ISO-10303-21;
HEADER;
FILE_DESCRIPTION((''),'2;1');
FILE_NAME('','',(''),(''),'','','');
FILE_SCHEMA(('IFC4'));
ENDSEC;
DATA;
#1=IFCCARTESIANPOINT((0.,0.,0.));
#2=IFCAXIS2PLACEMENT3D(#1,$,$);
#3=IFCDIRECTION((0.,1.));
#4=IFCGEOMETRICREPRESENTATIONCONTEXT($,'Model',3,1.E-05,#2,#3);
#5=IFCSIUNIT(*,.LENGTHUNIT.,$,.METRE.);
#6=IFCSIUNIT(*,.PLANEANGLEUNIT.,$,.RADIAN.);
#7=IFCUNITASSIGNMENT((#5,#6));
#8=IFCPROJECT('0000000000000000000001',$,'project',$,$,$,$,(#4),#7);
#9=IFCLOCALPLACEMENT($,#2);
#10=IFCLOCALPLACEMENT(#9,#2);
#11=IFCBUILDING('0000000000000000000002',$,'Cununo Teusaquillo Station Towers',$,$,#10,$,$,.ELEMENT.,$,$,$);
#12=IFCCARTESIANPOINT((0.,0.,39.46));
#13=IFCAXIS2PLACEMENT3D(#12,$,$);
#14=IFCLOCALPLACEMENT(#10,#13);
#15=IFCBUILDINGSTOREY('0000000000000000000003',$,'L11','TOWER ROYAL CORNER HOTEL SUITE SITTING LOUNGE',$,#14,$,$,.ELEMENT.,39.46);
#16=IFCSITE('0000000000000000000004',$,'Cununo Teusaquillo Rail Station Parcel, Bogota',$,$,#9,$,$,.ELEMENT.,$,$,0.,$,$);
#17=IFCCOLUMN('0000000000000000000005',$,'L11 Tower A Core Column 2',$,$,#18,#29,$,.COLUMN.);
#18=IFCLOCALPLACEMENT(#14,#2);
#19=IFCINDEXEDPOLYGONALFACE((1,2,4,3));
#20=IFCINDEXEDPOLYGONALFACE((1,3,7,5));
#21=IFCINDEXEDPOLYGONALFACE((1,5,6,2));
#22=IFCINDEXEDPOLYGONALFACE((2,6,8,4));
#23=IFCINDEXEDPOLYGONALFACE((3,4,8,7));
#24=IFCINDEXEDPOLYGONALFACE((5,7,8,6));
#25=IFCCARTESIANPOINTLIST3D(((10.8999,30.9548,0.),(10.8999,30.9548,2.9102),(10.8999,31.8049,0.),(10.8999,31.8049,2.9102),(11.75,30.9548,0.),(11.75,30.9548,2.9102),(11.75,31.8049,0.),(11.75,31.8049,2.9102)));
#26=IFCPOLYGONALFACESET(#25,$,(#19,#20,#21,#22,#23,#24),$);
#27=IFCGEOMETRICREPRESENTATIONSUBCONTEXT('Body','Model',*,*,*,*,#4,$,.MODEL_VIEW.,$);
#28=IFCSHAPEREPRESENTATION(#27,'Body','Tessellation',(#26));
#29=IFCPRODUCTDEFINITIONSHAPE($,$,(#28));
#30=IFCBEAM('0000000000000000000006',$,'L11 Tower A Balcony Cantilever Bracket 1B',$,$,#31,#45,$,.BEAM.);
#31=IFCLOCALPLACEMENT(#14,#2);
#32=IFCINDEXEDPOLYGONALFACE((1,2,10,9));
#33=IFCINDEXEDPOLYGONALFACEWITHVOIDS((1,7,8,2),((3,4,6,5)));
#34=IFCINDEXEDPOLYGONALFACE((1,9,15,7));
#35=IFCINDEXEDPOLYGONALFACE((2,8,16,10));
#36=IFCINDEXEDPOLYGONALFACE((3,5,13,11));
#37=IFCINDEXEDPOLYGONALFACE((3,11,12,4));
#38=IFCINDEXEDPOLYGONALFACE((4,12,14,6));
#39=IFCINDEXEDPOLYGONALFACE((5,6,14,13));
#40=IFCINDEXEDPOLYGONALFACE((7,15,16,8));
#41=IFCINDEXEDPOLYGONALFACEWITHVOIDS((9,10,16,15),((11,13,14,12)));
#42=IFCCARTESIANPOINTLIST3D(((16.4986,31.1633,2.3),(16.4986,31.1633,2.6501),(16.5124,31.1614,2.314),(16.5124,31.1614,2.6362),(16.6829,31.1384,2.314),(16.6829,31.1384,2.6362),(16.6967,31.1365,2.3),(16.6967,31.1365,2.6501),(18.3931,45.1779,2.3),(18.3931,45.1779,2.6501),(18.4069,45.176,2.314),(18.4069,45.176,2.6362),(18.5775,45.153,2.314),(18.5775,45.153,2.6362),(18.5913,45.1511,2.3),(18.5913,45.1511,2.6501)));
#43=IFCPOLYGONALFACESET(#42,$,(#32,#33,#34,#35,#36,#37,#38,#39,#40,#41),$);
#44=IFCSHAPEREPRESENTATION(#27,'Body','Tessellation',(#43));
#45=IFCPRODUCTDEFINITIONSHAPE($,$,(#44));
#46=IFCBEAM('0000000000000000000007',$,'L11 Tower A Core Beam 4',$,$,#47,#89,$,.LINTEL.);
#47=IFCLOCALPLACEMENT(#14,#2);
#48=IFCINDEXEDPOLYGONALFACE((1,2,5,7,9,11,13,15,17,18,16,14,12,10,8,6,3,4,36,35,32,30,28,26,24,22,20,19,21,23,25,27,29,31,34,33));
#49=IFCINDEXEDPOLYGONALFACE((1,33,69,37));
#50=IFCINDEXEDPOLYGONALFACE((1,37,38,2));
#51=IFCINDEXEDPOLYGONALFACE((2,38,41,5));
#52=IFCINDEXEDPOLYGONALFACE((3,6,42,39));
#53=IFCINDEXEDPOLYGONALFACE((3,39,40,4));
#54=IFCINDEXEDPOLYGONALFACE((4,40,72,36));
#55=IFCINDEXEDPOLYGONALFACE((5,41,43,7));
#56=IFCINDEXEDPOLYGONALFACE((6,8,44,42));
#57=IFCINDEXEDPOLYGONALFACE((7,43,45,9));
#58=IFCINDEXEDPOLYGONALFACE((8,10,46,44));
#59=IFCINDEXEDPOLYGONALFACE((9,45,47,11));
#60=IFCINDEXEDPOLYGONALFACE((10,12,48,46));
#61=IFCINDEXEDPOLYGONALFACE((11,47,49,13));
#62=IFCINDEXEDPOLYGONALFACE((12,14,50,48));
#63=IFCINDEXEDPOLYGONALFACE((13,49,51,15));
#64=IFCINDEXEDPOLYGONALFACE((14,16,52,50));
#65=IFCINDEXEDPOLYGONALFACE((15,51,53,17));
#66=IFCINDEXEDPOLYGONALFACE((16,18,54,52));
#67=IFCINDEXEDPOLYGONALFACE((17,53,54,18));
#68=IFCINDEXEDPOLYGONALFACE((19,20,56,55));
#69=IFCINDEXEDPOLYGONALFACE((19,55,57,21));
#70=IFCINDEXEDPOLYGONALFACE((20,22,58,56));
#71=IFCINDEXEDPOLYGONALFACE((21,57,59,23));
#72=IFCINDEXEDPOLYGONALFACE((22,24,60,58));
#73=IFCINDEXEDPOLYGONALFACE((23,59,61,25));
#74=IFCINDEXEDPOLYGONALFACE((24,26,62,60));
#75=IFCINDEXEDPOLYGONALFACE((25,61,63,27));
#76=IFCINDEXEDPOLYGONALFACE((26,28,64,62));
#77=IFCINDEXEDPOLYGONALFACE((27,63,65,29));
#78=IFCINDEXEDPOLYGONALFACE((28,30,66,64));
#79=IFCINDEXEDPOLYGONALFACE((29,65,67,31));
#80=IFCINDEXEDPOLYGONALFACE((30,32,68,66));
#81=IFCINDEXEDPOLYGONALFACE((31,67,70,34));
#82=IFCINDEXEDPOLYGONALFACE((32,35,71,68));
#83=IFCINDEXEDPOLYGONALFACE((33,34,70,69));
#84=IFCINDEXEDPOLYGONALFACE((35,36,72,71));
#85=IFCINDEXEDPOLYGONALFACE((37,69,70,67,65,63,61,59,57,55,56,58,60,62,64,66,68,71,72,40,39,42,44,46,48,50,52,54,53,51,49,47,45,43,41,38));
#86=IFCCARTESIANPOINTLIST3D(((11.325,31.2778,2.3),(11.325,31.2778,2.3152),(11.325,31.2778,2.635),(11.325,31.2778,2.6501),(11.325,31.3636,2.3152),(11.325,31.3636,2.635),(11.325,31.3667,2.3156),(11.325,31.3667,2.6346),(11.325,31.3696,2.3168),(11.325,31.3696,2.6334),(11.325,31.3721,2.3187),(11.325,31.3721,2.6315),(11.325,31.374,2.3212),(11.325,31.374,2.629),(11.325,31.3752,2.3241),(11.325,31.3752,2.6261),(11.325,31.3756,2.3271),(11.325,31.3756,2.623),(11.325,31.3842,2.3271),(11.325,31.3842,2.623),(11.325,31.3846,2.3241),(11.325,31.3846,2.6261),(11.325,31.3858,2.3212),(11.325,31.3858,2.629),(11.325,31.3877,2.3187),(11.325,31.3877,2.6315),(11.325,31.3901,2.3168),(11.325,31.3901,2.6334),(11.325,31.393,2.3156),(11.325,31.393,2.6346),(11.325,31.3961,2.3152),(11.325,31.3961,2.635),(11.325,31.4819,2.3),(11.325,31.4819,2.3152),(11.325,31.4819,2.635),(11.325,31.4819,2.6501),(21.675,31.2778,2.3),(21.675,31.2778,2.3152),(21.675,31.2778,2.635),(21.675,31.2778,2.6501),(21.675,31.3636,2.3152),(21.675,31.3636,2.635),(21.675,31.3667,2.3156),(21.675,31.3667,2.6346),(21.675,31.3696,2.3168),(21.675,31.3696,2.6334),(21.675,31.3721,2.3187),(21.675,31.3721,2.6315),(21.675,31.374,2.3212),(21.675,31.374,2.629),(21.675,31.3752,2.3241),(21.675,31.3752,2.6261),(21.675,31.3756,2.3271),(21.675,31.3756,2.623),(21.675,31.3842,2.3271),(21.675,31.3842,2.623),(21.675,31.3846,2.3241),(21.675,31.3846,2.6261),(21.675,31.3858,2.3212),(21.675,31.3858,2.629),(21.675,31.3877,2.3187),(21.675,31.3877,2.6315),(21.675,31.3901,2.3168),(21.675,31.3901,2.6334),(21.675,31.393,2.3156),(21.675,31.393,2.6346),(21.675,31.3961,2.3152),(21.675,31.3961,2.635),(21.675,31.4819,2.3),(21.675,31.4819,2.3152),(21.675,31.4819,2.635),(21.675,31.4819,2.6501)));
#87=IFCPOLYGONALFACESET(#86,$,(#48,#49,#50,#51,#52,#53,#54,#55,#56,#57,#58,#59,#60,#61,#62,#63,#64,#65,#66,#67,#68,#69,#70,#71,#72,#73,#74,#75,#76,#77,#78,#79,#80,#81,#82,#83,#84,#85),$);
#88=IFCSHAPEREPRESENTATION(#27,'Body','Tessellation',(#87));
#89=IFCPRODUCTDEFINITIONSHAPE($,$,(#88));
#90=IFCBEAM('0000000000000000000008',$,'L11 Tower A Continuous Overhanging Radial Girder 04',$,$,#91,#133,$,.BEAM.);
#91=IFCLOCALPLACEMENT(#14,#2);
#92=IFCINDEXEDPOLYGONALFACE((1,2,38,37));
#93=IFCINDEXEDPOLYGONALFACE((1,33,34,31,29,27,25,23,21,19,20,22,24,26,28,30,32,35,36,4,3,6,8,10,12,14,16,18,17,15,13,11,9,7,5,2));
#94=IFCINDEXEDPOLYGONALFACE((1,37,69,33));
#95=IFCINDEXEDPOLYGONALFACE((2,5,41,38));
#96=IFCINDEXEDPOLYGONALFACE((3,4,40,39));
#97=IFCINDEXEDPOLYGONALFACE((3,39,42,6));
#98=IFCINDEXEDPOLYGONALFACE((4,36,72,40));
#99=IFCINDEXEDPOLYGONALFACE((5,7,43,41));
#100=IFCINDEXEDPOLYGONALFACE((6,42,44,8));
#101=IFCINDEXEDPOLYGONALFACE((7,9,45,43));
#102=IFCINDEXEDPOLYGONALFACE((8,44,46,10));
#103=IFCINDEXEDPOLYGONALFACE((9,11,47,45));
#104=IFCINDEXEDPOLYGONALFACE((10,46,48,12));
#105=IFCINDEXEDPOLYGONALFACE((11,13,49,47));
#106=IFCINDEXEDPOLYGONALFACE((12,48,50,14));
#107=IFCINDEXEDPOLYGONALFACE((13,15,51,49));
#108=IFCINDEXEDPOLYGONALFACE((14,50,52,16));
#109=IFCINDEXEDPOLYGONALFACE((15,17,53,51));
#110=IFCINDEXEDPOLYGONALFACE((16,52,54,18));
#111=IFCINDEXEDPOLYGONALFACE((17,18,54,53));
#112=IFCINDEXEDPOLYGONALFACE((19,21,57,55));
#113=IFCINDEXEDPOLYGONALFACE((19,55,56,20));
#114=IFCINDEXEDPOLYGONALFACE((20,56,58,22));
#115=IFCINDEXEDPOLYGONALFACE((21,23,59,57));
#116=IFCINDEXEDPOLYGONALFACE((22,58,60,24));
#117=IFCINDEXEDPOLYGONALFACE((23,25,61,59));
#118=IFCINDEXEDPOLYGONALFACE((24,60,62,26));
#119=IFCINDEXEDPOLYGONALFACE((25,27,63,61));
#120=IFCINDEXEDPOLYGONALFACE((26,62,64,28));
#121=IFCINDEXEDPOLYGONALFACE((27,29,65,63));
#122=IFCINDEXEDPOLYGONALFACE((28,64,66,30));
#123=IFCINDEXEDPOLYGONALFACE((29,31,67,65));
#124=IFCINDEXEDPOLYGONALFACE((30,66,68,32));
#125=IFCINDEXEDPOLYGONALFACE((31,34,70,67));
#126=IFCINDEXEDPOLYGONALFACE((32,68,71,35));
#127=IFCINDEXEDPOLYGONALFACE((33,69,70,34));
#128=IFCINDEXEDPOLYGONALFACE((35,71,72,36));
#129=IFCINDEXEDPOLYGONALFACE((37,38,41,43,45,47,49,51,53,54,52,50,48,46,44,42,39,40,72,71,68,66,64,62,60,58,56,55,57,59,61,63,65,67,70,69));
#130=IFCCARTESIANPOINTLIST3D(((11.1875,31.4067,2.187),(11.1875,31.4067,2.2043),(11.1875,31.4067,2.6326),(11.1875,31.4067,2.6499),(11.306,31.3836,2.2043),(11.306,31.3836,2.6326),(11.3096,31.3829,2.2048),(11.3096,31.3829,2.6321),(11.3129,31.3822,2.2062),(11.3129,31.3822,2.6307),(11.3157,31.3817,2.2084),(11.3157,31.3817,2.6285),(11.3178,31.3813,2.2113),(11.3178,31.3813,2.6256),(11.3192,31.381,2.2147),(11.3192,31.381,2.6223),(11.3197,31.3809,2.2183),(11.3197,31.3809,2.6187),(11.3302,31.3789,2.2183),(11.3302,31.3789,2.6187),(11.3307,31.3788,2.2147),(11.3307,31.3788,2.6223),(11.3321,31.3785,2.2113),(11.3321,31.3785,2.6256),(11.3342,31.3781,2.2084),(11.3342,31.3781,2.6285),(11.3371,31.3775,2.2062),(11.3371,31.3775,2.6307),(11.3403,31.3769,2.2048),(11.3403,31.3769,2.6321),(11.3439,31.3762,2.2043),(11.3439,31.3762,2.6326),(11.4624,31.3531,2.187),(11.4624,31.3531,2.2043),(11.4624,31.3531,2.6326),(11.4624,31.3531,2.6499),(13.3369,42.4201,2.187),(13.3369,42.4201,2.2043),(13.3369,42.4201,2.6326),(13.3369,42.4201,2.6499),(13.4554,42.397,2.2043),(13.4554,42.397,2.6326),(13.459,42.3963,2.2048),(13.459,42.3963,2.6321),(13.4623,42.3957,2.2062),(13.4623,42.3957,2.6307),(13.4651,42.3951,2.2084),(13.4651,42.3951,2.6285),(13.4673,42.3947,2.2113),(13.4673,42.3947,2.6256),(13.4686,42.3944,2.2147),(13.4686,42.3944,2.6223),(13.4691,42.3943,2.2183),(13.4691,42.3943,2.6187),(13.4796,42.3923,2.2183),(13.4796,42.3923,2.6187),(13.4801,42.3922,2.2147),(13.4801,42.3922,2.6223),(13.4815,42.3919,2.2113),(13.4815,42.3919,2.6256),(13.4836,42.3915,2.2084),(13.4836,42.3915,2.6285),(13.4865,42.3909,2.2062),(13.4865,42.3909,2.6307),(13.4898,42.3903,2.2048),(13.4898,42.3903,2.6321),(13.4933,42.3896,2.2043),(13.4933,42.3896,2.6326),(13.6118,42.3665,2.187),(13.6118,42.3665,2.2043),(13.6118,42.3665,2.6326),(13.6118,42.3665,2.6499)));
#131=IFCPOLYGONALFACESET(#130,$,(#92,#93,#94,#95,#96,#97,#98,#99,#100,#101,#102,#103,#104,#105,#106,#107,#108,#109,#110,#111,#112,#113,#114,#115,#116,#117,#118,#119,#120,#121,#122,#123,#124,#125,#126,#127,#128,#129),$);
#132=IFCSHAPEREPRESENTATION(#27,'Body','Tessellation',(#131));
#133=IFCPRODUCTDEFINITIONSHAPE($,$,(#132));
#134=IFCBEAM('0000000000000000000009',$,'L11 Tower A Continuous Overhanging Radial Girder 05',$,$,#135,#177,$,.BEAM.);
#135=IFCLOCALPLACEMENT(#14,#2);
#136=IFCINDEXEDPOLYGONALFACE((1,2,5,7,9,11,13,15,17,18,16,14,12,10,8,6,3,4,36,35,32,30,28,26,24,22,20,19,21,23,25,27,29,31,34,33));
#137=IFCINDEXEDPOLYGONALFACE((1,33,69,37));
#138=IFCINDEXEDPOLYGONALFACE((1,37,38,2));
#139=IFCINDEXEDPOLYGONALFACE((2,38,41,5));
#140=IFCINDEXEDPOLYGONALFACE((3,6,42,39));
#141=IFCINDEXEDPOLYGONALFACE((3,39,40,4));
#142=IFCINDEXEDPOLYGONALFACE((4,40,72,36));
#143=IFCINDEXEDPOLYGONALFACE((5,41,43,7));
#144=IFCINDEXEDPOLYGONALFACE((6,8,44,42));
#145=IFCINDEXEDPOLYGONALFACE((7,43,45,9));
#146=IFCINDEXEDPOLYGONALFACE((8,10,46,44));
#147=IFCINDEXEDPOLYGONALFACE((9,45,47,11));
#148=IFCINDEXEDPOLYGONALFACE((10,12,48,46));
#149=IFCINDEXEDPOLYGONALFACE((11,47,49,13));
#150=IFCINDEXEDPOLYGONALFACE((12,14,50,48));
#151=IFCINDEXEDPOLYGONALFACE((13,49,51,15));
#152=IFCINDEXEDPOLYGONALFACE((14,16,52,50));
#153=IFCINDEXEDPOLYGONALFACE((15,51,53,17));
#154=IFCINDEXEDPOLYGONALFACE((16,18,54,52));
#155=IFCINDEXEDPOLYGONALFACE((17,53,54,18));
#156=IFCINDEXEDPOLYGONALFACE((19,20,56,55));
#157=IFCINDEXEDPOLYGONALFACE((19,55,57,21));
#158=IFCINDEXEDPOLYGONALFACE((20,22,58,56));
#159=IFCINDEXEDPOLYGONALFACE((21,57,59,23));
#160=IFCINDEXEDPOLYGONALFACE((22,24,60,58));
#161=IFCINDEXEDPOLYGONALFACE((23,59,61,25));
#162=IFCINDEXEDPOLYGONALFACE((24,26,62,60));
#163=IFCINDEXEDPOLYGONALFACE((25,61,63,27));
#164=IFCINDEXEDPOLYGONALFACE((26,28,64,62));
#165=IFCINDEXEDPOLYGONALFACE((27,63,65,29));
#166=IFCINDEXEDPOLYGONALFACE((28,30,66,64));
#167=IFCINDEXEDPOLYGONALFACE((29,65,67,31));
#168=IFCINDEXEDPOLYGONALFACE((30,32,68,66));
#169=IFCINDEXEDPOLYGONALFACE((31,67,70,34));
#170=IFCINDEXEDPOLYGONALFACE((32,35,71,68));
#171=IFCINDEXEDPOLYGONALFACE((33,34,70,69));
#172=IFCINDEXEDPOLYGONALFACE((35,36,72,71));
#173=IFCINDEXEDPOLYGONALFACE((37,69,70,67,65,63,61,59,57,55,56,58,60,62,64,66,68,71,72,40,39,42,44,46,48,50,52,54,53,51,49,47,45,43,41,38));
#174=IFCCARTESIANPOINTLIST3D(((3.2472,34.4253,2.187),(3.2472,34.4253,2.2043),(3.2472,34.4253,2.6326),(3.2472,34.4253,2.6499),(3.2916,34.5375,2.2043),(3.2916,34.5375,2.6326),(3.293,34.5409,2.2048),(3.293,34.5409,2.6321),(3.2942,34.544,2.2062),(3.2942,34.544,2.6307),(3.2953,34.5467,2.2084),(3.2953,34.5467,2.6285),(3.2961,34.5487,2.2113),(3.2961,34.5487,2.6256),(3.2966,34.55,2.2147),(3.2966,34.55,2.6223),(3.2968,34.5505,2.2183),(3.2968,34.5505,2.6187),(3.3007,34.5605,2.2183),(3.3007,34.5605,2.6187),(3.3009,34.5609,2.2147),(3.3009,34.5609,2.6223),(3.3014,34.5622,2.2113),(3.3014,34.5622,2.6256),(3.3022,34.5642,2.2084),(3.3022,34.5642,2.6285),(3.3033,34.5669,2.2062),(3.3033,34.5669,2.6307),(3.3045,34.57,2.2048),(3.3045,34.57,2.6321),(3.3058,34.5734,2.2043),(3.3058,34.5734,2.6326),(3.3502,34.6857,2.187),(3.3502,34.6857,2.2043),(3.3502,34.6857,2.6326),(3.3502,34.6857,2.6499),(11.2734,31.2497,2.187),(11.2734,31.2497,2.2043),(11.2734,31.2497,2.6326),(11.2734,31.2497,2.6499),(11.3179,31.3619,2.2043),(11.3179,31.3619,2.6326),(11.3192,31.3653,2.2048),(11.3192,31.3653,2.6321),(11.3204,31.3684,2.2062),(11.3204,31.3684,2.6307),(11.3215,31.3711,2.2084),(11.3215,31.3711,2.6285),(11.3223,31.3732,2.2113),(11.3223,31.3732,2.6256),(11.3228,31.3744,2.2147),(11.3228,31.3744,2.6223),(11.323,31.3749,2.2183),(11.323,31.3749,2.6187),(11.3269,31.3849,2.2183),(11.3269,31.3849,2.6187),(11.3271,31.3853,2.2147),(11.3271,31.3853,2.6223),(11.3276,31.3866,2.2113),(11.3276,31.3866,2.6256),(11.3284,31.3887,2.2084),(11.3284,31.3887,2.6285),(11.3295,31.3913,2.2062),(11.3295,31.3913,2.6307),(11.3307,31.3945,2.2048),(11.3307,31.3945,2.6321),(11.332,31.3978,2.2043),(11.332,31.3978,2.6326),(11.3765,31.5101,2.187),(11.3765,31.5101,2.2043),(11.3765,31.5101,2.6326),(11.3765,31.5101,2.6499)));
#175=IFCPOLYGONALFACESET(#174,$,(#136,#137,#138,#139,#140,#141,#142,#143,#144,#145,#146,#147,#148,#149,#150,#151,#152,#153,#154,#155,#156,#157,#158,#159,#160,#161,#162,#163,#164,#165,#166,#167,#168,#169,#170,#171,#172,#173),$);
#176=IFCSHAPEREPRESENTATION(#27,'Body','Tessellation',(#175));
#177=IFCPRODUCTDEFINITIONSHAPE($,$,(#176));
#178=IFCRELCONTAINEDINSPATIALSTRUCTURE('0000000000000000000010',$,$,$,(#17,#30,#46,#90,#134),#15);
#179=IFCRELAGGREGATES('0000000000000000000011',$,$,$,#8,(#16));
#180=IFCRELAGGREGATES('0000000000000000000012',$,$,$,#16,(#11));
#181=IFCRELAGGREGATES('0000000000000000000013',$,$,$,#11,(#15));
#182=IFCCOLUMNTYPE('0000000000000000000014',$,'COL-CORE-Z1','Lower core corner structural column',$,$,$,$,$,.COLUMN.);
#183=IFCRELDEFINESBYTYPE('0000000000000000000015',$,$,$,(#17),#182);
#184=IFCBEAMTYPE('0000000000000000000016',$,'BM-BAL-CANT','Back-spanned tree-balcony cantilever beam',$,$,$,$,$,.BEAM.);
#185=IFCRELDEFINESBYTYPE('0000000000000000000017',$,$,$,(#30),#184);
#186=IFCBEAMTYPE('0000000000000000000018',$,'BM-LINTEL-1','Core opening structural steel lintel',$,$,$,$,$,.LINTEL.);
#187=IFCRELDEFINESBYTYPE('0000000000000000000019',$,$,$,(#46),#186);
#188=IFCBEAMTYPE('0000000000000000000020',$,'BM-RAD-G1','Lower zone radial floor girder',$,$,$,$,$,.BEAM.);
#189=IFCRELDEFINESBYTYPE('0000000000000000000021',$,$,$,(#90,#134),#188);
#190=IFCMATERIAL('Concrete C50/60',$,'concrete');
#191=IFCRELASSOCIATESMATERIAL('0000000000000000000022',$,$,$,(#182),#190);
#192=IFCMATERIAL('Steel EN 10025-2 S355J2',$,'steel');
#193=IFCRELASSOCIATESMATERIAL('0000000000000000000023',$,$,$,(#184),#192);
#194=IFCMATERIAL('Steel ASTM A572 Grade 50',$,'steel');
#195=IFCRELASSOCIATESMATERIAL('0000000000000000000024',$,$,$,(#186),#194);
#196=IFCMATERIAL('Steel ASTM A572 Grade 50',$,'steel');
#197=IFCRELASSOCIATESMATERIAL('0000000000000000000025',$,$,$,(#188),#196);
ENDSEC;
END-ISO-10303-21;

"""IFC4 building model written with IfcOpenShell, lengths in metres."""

from ifc_helpers import new_model, si_unit, direction, frame, origin, origin_2d, place, context, subcontext, project, spatial, rectangle, hollow_rectangle, i_section, extrude, material, material_profile, profile_set, type_object, element, save


model = new_model("IFC4")

# Units and contexts
model_context = context("Model", 3, precision=1e-05, world=origin(), true_north=direction((0.0, 1.0)))
body_context = subcontext(model_context, "Body", "Model", "MODEL_VIEW")
ifc_project = project(units=[si_unit("LENGTHUNIT", "METRE"), si_unit("PLANEANGLEUNIT", "RADIAN")], contexts=[model_context])

# Site, building, storey
site_placement = place(None, origin())
site = spatial("IfcSite", under=ifc_project, at=site_placement, Name="Cununo Teusaquillo Rail Station Parcel, Bogota", CompositionType="ELEMENT", RefElevation=0.0)
building_placement = place(site_placement, origin())
building = spatial("IfcBuilding", under=site, at=building_placement, Name="Cununo Teusaquillo Station Towers", CompositionType="ELEMENT")
storey_placement = place(building_placement, frame((0.0, 0.0, 39.46)))
storey = spatial("IfcBuildingStorey", under=building, at=storey_placement, Name="L11", Description="TOWER ROYAL CORNER HOTEL SUITE SITTING LOUNGE", CompositionType="ELEMENT", Elevation=39.46)

# Column
ifc_material_1 = material(Name="Concrete C50/60", Category="concrete")
ifc_material_profile_1 = material_profile(ifc_material_1, rectangle(XDim=0.8501, YDim=0.8501, at=origin_2d()), Name="RC-RECT-850x850")
ifc_profile_set_1 = profile_set([ifc_material_profile_1], Name="Concrete C50/60")
column_type = type_object("IfcColumnType", Name="COL-CORE-Z1", Description="Lower core corner structural column", PredefinedType="COLUMN", material=ifc_profile_set_1)
column_placement = place(storey_placement, frame((11.325, 31.3799, 0.0), z_axis=(0.0, 0.0, 1.0), x_axis=(1.0, 0.0, 0.0)))
element("IfcColumn", 1, at=column_placement, inside=storey, type_object=column_type, Name="L11 Tower A Core Column 2", PredefinedType="COLUMN", context=body_context, shape_type="SweptSolid", body=[
    extrude(rectangle(XDim=0.8501, YDim=0.8501, at=origin_2d()), origin(), (0.0, 0.0, 1.0), 2.9102),
])

# Beams
ifc_material_2 = material(Name="Steel EN 10025-2 S355J2", Category="steel")
ifc_material_profile_2 = material_profile(ifc_material_2, hollow_rectangle(XDim=0.2, YDim=0.3501, WallThickness=0.0139, at=origin_2d()), Name="RHS 350x200x14")
ifc_profile_set_2 = profile_set([ifc_material_profile_2], Name="Steel EN 10025-2 S355J2")
beam_type_1 = type_object("IfcBeamType", Name="BM-BAL-CANT", Description="Back-spanned tree-balcony cantilever beam", PredefinedType="BEAM", material=ifc_profile_set_2)
beam_1_placement = place(storey_placement, frame((16.5977, 31.1499, 2.4751), z_axis=(0.133964, 0.990986, 0.0), x_axis=(-0.990986, 0.133964, 0.0)))
element("IfcBeam", 2, at=beam_1_placement, inside=storey, type_object=beam_type_1, Name="L11 Tower A Balcony Cantilever Bracket 1B", PredefinedType="BEAM", context=body_context, shape_type="SweptSolid", body=[
    extrude(hollow_rectangle(XDim=0.2, YDim=0.3501, WallThickness=0.0139, at=origin_2d()), origin(), (0.0, 0.0, 1.0), 14.1421),
])
ifc_material_3 = material(Name="Steel ASTM A572 Grade 50", Category="steel")
ifc_material_profile_3 = material_profile(ifc_material_3, i_section(OverallWidth=0.2041, OverallDepth=0.3501, WebThickness=0.0085, FlangeThickness=0.0151, FilletRadius=0.012, at=origin_2d()), Name="W14X48")
ifc_profile_set_3 = profile_set([ifc_material_profile_3], Name="Steel ASTM A572 Grade 50")
beam_type_2 = type_object("IfcBeamType", Name="BM-LINTEL-1", Description="Core opening structural steel lintel", PredefinedType="LINTEL", material=ifc_profile_set_3)
beam_2_placement = place(storey_placement, frame((11.325, 31.3799, 2.4751), z_axis=(1.0, 0.0, 0.0), x_axis=(0.0, 1.0, 0.0)))
element("IfcBeam", 3, at=beam_2_placement, inside=storey, type_object=beam_type_2, Name="L11 Tower A Core Beam 4", PredefinedType="LINTEL", context=body_context, shape_type="SweptSolid", body=[
    extrude(i_section(OverallWidth=0.2041, OverallDepth=0.3501, WebThickness=0.0085, FlangeThickness=0.0151, FilletRadius=0.012, at=origin_2d()), origin(), (0.0, 0.0, 1.0), 10.3501),
])
ifc_material_4 = material(Name="Steel ASTM A572 Grade 50", Category="steel")
ifc_material_profile_4 = material_profile(ifc_material_4, i_section(OverallWidth=0.28, OverallDepth=0.4629, WebThickness=0.0107, FlangeThickness=0.0173, FilletRadius=0.0139, at=origin_2d()), Name="W18X76")
ifc_profile_set_4 = profile_set([ifc_material_profile_4], Name="Steel ASTM A572 Grade 50")
beam_type_3 = type_object("IfcBeamType", Name="BM-RAD-G1", Description="Lower zone radial floor girder", PredefinedType="BEAM", material=ifc_profile_set_4)
beam_3_placement = place(storey_placement, frame((11.325, 31.3799, 2.4185), z_axis=(0.191549, 0.981483, 0.0), x_axis=(-0.981483, 0.191549, 0.0)))
element("IfcBeam", 4, at=beam_3_placement, inside=storey, type_object=beam_type_3, Name="L11 Tower A Continuous Overhanging Radial Girder 04", PredefinedType="BEAM", context=body_context, shape_type="SweptSolid", body=[
    extrude(i_section(OverallWidth=0.28, OverallDepth=0.4629, WebThickness=0.0107, FlangeThickness=0.0173, FilletRadius=0.0139, at=origin_2d()), origin(), (0.0, 0.0, 1.0), 11.2212),
])
beam_4_placement = place(storey_placement, frame((11.325, 31.3799, 2.4185), z_axis=(-0.929865, 0.367901, 0.0), x_axis=(-0.367901, -0.929865, 0.0)))
element("IfcBeam", 5, at=beam_4_placement, inside=storey, type_object=beam_type_3, Name="L11 Tower A Continuous Overhanging Radial Girder 05", PredefinedType="BEAM", context=body_context, shape_type="SweptSolid", body=[
    extrude(i_section(OverallWidth=0.28, OverallDepth=0.4629, WebThickness=0.0107, FlangeThickness=0.0173, FilletRadius=0.0139, at=origin_2d()), origin(), (0.0, 0.0, 1.0), 8.6316),
])

save(model, "model.ifc")
